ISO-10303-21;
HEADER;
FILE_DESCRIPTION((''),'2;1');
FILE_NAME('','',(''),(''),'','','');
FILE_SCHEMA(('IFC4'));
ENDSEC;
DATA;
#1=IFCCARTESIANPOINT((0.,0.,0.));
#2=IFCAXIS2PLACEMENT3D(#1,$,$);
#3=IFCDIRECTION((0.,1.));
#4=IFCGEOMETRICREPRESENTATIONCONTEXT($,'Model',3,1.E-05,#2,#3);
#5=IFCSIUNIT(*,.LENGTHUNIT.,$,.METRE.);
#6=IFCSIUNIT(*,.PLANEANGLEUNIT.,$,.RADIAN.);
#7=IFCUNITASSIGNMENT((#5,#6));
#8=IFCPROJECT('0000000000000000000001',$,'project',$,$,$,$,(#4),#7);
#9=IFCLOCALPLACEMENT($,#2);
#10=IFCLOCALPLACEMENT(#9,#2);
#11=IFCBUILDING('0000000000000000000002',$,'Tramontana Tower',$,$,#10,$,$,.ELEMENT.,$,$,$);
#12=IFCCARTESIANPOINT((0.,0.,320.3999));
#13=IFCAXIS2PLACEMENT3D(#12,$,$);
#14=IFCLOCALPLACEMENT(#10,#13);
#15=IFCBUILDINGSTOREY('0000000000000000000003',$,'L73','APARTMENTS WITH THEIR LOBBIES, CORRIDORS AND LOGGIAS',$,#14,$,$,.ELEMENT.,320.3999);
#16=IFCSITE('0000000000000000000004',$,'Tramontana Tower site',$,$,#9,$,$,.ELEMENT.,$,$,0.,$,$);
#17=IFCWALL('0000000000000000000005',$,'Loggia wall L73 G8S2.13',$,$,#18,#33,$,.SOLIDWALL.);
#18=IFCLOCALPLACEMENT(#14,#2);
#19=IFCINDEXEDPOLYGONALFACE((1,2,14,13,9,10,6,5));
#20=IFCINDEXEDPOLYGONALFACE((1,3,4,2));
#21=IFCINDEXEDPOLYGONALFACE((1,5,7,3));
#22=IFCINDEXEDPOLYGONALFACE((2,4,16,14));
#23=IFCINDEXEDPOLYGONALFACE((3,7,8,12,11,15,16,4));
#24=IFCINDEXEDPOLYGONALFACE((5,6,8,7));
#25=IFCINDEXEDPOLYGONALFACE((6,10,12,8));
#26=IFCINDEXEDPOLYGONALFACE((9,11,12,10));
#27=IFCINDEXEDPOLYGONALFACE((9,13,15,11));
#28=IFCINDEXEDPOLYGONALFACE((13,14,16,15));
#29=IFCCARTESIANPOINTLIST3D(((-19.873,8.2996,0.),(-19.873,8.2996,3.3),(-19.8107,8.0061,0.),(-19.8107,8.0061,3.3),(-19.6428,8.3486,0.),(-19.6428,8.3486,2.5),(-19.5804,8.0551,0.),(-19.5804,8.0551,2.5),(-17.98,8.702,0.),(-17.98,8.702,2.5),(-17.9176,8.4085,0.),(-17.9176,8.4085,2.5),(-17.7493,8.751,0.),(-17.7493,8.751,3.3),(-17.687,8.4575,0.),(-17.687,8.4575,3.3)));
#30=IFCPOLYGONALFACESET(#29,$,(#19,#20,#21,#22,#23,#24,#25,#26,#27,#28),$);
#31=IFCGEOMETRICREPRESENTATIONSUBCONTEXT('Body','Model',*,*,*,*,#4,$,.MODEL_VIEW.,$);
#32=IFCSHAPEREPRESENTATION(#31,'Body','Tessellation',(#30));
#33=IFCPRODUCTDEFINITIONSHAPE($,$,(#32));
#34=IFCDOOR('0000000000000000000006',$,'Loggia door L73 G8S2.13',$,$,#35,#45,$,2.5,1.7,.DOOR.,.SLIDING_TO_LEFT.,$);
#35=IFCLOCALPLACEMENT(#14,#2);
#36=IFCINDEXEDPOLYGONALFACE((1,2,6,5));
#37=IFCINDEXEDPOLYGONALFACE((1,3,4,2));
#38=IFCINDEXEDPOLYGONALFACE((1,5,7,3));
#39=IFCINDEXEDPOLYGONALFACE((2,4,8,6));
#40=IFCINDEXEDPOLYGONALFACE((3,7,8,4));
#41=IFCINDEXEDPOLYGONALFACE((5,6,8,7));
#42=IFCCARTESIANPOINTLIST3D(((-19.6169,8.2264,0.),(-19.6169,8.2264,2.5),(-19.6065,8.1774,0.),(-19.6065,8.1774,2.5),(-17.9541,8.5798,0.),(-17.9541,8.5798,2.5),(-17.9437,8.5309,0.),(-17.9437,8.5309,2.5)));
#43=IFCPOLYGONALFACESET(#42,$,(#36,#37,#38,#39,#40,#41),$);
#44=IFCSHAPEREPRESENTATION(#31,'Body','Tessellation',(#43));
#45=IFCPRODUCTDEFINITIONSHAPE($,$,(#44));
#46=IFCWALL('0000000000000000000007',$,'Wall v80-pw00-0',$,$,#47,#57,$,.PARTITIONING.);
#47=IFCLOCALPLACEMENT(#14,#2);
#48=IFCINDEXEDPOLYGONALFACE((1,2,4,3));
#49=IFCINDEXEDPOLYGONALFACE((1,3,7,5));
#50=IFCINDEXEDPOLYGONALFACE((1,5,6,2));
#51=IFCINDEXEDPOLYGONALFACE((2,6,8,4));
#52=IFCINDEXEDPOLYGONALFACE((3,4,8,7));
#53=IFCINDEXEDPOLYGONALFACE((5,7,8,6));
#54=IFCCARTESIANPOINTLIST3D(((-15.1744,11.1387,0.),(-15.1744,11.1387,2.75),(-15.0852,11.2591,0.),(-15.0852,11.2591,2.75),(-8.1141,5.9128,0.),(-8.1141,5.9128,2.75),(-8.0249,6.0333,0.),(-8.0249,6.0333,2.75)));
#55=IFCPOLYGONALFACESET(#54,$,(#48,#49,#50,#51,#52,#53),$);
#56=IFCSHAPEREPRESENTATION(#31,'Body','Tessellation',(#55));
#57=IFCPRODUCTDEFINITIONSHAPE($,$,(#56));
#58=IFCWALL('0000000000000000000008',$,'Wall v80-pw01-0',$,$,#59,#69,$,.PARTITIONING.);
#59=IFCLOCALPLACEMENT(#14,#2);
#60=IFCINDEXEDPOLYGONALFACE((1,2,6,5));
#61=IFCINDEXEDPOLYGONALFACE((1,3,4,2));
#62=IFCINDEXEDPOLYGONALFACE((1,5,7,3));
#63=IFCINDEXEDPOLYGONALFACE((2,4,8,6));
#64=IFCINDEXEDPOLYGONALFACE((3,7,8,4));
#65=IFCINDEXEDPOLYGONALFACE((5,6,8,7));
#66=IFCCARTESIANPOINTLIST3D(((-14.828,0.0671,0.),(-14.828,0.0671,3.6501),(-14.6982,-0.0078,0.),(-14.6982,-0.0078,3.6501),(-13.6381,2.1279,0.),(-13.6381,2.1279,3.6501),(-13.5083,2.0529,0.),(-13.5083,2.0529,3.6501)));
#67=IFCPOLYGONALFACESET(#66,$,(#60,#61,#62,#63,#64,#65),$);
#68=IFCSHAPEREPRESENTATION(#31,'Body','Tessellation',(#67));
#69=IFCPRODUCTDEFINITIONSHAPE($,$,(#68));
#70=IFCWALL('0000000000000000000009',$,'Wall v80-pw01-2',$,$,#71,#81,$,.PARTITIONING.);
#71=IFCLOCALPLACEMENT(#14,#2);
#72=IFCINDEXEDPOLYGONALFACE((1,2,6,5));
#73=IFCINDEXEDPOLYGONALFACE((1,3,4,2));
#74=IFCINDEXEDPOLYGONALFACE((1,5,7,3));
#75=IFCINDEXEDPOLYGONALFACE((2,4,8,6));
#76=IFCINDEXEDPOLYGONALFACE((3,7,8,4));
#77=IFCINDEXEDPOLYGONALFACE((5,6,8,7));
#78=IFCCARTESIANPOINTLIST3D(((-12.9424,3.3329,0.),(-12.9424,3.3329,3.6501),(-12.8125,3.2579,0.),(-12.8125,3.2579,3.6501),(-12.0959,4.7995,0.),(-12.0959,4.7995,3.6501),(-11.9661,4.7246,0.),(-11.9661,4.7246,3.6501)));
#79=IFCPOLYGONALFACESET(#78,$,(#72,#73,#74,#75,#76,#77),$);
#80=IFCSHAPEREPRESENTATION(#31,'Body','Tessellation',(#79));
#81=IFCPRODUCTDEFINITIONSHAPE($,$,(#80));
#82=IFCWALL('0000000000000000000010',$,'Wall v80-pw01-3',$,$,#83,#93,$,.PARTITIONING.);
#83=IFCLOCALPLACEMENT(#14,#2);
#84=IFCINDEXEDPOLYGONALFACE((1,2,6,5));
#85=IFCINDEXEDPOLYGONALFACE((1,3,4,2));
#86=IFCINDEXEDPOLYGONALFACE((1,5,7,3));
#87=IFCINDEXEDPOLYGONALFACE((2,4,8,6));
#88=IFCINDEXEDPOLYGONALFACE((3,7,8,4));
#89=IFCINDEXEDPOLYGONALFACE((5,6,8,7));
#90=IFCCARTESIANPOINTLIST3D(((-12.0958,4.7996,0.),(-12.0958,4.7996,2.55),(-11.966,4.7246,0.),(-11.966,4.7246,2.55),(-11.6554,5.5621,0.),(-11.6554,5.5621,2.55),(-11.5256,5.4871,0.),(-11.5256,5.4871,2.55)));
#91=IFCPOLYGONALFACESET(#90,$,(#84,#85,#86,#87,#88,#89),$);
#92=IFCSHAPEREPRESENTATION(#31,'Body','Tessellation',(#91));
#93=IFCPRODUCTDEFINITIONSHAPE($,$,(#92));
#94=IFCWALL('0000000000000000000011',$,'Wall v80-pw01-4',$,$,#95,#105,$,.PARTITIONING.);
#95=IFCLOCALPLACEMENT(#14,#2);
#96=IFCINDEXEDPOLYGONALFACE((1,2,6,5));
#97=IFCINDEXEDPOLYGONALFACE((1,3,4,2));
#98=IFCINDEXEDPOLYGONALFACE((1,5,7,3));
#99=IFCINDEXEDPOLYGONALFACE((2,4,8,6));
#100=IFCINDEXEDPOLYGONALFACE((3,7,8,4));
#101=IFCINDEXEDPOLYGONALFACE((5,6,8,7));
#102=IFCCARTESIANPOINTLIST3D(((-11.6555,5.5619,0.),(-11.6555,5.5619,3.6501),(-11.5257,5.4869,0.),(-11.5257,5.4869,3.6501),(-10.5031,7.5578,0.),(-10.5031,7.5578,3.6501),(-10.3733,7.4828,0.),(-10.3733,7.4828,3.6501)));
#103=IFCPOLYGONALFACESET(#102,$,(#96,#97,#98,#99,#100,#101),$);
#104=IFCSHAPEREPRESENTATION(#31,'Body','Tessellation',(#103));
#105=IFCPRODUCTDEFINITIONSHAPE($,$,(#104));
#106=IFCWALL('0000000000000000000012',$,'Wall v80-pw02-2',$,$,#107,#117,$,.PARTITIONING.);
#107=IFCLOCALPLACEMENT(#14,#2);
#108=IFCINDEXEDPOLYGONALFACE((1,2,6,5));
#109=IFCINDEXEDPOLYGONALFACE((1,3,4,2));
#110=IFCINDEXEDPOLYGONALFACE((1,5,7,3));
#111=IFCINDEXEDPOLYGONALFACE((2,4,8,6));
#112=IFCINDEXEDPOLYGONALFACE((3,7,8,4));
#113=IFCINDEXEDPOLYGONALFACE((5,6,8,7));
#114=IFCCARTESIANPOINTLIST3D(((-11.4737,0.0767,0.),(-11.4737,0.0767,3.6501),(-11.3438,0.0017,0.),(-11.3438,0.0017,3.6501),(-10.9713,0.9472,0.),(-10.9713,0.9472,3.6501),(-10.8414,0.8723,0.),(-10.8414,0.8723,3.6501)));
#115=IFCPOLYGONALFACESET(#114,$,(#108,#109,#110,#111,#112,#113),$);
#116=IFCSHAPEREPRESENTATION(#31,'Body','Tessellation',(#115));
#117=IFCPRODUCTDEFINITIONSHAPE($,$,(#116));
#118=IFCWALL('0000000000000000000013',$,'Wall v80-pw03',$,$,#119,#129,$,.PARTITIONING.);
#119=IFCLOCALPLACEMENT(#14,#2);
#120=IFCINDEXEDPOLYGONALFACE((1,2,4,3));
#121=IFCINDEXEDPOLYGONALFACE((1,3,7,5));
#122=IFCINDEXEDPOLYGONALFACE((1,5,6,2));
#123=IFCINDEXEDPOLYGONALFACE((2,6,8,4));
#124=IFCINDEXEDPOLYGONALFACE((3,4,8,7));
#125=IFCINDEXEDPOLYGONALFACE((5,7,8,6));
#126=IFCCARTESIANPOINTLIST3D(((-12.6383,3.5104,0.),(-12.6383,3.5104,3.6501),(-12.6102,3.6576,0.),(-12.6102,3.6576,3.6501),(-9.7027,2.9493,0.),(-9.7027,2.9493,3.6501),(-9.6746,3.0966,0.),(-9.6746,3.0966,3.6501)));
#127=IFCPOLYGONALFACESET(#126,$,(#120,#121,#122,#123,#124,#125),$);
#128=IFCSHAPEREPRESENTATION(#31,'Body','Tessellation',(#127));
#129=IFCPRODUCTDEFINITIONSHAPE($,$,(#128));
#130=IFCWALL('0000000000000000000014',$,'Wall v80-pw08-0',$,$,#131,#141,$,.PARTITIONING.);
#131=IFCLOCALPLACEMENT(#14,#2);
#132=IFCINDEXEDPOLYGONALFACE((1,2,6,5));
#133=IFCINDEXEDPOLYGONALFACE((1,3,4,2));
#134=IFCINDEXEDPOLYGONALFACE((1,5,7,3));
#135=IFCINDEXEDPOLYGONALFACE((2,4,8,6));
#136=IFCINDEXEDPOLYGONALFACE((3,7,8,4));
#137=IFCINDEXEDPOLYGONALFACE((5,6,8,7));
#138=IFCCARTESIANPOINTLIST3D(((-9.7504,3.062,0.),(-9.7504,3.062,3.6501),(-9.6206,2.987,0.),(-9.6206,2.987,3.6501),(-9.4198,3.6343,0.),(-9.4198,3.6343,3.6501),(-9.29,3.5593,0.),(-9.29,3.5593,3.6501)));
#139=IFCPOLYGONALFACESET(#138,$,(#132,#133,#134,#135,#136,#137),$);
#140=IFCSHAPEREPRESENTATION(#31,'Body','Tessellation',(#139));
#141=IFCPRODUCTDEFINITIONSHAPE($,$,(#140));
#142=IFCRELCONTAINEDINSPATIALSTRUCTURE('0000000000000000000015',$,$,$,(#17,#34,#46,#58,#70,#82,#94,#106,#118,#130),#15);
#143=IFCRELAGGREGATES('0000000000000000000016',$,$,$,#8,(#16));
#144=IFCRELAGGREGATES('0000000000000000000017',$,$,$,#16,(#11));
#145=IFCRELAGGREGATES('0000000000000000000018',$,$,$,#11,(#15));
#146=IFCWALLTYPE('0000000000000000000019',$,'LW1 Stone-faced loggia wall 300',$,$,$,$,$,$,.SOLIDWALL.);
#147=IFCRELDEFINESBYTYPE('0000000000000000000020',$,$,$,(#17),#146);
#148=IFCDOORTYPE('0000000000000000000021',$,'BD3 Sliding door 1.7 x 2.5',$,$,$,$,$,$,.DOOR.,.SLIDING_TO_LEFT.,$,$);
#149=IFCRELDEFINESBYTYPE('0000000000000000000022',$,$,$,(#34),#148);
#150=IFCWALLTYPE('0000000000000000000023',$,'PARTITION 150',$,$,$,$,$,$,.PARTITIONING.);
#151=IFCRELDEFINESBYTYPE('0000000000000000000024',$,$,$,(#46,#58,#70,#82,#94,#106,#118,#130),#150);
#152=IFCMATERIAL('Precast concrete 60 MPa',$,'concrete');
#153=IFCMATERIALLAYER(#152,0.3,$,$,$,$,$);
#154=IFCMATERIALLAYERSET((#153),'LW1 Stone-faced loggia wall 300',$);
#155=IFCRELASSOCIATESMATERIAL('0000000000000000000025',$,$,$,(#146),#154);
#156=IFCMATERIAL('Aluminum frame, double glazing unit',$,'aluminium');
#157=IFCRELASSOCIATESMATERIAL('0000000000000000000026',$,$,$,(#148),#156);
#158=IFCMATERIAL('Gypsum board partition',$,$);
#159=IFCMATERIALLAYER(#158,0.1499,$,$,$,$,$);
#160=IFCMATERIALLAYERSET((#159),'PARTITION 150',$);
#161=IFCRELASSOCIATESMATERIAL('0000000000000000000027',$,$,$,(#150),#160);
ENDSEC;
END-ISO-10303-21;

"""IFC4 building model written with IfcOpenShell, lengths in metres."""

from ifc_helpers import new_model, si_unit, direction, frame, frame_2d, origin, place, context, subcontext, project, spatial, rectangle, extrude, material, layer, layer_set, type_object, element, fill, save


model = new_model("IFC4")

# Units and contexts
model_context = context("Model", 3, precision=1e-05, world=origin(), true_north=direction((0.0, 1.0)))
body_context = subcontext(model_context, "Body", "Model", "MODEL_VIEW")
ifc_project = project(units=[si_unit("LENGTHUNIT", "METRE"), si_unit("PLANEANGLEUNIT", "RADIAN")], contexts=[model_context])

# Site, building, storey
site_placement = place(None, origin())
site = spatial("IfcSite", under=ifc_project, at=site_placement, Name="Tramontana Tower site", CompositionType="ELEMENT", RefElevation=0.0)
building_placement = place(site_placement, origin())
building = spatial("IfcBuilding", under=site, at=building_placement, Name="Tramontana Tower", CompositionType="ELEMENT")
storey_placement = place(building_placement, frame((0.0, 0.0, 320.3999)))
storey = spatial("IfcBuildingStorey", under=building, at=storey_placement, Name="L73", Description="APARTMENTS WITH THEIR LOBBIES, CORRIDORS AND LOGGIAS", CompositionType="ELEMENT", Elevation=320.3999)

# Shared definitions
ifc_material_1 = material(Name="Precast concrete 60 MPa", Category="concrete")
ifc_layer_1 = layer(ifc_material_1, 0.3)
ifc_layer_set_1 = layer_set([ifc_layer_1], Name="LW1 Stone-faced loggia wall 300")
wall_type_1 = type_object("IfcWallType", Name="LW1 Stone-faced loggia wall 300", PredefinedType="SOLIDWALL", material=ifc_layer_set_1)
ifc_material_2 = material(Name="Aluminum frame, double glazing unit", Category="aluminium")
door_type_1 = type_object("IfcDoorType", Name="BD3 Sliding door 1.7 x 2.5", OperationType="SLIDING_TO_LEFT", PredefinedType="DOOR", material=ifc_material_2)

# Wall, opening, door
wall_1_placement = place(storey_placement, frame((-17.7183, 8.6042, 0.0), z_axis=(0.0, 0.0, 1.0), x_axis=(-0.978148, -0.207909, 0.0)))
wall_1 = element("IfcWall", 1, at=wall_1_placement, inside=storey, type_object=wall_type_1, Name="Loggia wall L73 G8S2.13", PredefinedType="SOLIDWALL", context=body_context, shape_type="SweptSolid", body=[
    extrude(rectangle(XDim=2.1711, YDim=0.3, at=frame_2d((1.0854, 0.0))), origin(), (0.0, 0.0, 1.0), 3.3),
])
opening_1_placement = place(wall_1_placement, frame((0.2356, 0.0, 0.0)))
opening_1 = element("IfcOpeningElement", 2, at=opening_1_placement, cuts=wall_1, PredefinedType="OPENING", context=body_context, shape_type="SweptSolid", body=[
    extrude(rectangle(XDim=1.7, YDim=2.5, at=frame_2d((0.8501, 1.25))), frame((0.0, 0.1599, 0.0), z_axis=(0.0, -1.0, 0.0), x_axis=(1.0, 0.0, 0.0)), (0.0, 0.0, 1.0), 0.3201),
])
door_1_placement = place(opening_1_placement, origin())
door_1 = element("IfcDoor", 3, at=door_1_placement, inside=storey, type_object=door_type_1, Name="Loggia door L73 G8S2.13", OperationType="SLIDING_TO_LEFT", OverallHeight=2.5, OverallWidth=1.7, PredefinedType="DOOR", context=body_context, shape_type="SweptSolid", body=[
    extrude(rectangle(XDim=1.7, YDim=2.5, at=frame_2d((0.8501, 1.25))), frame((0.0, 0.0249, 0.0), z_axis=(0.0, -1.0, 0.0), x_axis=(1.0, 0.0, 0.0)), (0.0, 0.0, 1.0), 0.05),
])
fill(opening_1, door_1)

# Walls
ifc_material_3 = material(Name="Gypsum board partition")
ifc_layer_2 = layer(ifc_material_3, 0.1499)
ifc_layer_set_2 = layer_set([ifc_layer_2], Name="PARTITION 150")
wall_type_2 = type_object("IfcWallType", Name="PARTITION 150", PredefinedType="PARTITIONING", material=ifc_layer_set_2)
wall_2_placement = place(storey_placement, frame((-15.1299, 11.199, 0.0), z_axis=(0.0, 0.0, 1.0), x_axis=(0.803776, -0.594932, 0.0)))
element("IfcWall", 4, at=wall_2_placement, inside=storey, type_object=wall_type_2, Name="Wall v80-pw00-0", PredefinedType="PARTITIONING", context=body_context, shape_type="SweptSolid", body=[
    extrude(rectangle(XDim=8.7839, YDim=0.1499, at=frame_2d((4.3921, 0.0))), origin(), (0.0, 0.0, 1.0), 2.75),
])
wall_3_placement = place(storey_placement, frame((-14.7632, 0.0295, 0.0), z_axis=(0.0, 0.0, 1.0), x_axis=(0.500045, 0.865999, 0.0)))
element("IfcWall", 5, at=wall_3_placement, inside=storey, type_object=wall_type_2, Name="Wall v80-pw01-0", PredefinedType="PARTITIONING", context=body_context, shape_type="SweptSolid", body=[
    extrude(rectangle(XDim=2.3796, YDim=0.1499, at=frame_2d((1.1899, 0.0))), origin(), (0.0, 0.0, 1.0), 3.6501),
])

# Walls
wall_4_placement = place(storey_placement, frame((-12.8774, 3.2954, 0.0), z_axis=(0.0, 0.0, 1.0), x_axis=(0.499876, 0.866097, 0.0)))
element("IfcWall", 6, at=wall_4_placement, inside=storey, type_object=wall_type_2, Name="Wall v80-pw01-2", PredefinedType="PARTITIONING", context=body_context, shape_type="SweptSolid", body=[
    extrude(rectangle(XDim=1.6934, YDim=0.1499, at=frame_2d((0.8467, 0.0))), origin(), (0.0, 0.0, 1.0), 3.6501),
])
wall_5_placement = place(storey_placement, frame((-12.031, 4.762, 0.0), z_axis=(0.0, 0.0, 1.0), x_axis=(0.500194, 0.865913, 0.0)))
element("IfcWall", 7, at=wall_5_placement, inside=storey, type_object=wall_type_2, Name="Wall v80-pw01-3", PredefinedType="PARTITIONING", context=body_context, shape_type="SweptSolid", body=[
    extrude(rectangle(XDim=0.8806, YDim=0.1499, at=frame_2d((0.4404, 0.0))), origin(), (0.0, 0.0, 1.0), 2.55),
])
wall_6_placement = place(storey_placement, frame((-11.5906, 5.5244, 0.0), z_axis=(0.0, 0.0, 1.0), x_axis=(0.500013, 0.866018, 0.0)))
element("IfcWall", 8, at=wall_6_placement, inside=storey, type_object=wall_type_2, Name="Wall v80-pw01-4", PredefinedType="PARTITIONING", context=body_context, shape_type="SweptSolid", body=[
    extrude(rectangle(XDim=2.3047, YDim=0.1499, at=frame_2d((1.1523, 0.0))), origin(), (0.0, 0.0, 1.0), 3.6501),
])
wall_7_placement = place(storey_placement, frame((-11.4087, 0.0393, 0.0), z_axis=(0.0, 0.0, 1.0), x_axis=(0.499849, 0.866113, 0.0)))
element("IfcWall", 9, at=wall_7_placement, inside=storey, type_object=wall_type_2, Name="Wall v80-pw02-2", PredefinedType="PARTITIONING", context=body_context, shape_type="SweptSolid", body=[
    extrude(rectangle(XDim=1.0051, YDim=0.1499, at=frame_2d((0.5024, 0.0))), origin(), (0.0, 0.0, 1.0), 3.6501),
])
wall_8_placement = place(storey_placement, frame((-12.6243, 3.584, 0.0), z_axis=(0.0, 0.0, 1.0), x_axis=(0.982223, -0.18772, 0.0)))
element("IfcWall", 10, at=wall_8_placement, inside=storey, type_object=wall_type_2, Name="Wall v80-pw03", PredefinedType="PARTITIONING", context=body_context, shape_type="SweptSolid", body=[
    extrude(rectangle(XDim=2.9888, YDim=0.1499, at=frame_2d((1.4944, 0.0))), origin(), (0.0, 0.0, 1.0), 3.6501),
])

# Wall
wall_9_placement = place(storey_placement, frame((-9.6855, 3.0244, 0.0), z_axis=(0.0, 0.0, 1.0), x_axis=(0.500191, 0.865915, 0.0)))
element("IfcWall", 11, at=wall_9_placement, inside=storey, type_object=wall_type_2, Name="Wall v80-pw08-0", PredefinedType="PARTITIONING", context=body_context, shape_type="SweptSolid", body=[
    extrude(rectangle(XDim=0.6609, YDim=0.1499, at=frame_2d((0.3306, 0.0))), origin(), (0.0, 0.0, 1.0), 3.6501),
])

save(model, "model.ifc")
